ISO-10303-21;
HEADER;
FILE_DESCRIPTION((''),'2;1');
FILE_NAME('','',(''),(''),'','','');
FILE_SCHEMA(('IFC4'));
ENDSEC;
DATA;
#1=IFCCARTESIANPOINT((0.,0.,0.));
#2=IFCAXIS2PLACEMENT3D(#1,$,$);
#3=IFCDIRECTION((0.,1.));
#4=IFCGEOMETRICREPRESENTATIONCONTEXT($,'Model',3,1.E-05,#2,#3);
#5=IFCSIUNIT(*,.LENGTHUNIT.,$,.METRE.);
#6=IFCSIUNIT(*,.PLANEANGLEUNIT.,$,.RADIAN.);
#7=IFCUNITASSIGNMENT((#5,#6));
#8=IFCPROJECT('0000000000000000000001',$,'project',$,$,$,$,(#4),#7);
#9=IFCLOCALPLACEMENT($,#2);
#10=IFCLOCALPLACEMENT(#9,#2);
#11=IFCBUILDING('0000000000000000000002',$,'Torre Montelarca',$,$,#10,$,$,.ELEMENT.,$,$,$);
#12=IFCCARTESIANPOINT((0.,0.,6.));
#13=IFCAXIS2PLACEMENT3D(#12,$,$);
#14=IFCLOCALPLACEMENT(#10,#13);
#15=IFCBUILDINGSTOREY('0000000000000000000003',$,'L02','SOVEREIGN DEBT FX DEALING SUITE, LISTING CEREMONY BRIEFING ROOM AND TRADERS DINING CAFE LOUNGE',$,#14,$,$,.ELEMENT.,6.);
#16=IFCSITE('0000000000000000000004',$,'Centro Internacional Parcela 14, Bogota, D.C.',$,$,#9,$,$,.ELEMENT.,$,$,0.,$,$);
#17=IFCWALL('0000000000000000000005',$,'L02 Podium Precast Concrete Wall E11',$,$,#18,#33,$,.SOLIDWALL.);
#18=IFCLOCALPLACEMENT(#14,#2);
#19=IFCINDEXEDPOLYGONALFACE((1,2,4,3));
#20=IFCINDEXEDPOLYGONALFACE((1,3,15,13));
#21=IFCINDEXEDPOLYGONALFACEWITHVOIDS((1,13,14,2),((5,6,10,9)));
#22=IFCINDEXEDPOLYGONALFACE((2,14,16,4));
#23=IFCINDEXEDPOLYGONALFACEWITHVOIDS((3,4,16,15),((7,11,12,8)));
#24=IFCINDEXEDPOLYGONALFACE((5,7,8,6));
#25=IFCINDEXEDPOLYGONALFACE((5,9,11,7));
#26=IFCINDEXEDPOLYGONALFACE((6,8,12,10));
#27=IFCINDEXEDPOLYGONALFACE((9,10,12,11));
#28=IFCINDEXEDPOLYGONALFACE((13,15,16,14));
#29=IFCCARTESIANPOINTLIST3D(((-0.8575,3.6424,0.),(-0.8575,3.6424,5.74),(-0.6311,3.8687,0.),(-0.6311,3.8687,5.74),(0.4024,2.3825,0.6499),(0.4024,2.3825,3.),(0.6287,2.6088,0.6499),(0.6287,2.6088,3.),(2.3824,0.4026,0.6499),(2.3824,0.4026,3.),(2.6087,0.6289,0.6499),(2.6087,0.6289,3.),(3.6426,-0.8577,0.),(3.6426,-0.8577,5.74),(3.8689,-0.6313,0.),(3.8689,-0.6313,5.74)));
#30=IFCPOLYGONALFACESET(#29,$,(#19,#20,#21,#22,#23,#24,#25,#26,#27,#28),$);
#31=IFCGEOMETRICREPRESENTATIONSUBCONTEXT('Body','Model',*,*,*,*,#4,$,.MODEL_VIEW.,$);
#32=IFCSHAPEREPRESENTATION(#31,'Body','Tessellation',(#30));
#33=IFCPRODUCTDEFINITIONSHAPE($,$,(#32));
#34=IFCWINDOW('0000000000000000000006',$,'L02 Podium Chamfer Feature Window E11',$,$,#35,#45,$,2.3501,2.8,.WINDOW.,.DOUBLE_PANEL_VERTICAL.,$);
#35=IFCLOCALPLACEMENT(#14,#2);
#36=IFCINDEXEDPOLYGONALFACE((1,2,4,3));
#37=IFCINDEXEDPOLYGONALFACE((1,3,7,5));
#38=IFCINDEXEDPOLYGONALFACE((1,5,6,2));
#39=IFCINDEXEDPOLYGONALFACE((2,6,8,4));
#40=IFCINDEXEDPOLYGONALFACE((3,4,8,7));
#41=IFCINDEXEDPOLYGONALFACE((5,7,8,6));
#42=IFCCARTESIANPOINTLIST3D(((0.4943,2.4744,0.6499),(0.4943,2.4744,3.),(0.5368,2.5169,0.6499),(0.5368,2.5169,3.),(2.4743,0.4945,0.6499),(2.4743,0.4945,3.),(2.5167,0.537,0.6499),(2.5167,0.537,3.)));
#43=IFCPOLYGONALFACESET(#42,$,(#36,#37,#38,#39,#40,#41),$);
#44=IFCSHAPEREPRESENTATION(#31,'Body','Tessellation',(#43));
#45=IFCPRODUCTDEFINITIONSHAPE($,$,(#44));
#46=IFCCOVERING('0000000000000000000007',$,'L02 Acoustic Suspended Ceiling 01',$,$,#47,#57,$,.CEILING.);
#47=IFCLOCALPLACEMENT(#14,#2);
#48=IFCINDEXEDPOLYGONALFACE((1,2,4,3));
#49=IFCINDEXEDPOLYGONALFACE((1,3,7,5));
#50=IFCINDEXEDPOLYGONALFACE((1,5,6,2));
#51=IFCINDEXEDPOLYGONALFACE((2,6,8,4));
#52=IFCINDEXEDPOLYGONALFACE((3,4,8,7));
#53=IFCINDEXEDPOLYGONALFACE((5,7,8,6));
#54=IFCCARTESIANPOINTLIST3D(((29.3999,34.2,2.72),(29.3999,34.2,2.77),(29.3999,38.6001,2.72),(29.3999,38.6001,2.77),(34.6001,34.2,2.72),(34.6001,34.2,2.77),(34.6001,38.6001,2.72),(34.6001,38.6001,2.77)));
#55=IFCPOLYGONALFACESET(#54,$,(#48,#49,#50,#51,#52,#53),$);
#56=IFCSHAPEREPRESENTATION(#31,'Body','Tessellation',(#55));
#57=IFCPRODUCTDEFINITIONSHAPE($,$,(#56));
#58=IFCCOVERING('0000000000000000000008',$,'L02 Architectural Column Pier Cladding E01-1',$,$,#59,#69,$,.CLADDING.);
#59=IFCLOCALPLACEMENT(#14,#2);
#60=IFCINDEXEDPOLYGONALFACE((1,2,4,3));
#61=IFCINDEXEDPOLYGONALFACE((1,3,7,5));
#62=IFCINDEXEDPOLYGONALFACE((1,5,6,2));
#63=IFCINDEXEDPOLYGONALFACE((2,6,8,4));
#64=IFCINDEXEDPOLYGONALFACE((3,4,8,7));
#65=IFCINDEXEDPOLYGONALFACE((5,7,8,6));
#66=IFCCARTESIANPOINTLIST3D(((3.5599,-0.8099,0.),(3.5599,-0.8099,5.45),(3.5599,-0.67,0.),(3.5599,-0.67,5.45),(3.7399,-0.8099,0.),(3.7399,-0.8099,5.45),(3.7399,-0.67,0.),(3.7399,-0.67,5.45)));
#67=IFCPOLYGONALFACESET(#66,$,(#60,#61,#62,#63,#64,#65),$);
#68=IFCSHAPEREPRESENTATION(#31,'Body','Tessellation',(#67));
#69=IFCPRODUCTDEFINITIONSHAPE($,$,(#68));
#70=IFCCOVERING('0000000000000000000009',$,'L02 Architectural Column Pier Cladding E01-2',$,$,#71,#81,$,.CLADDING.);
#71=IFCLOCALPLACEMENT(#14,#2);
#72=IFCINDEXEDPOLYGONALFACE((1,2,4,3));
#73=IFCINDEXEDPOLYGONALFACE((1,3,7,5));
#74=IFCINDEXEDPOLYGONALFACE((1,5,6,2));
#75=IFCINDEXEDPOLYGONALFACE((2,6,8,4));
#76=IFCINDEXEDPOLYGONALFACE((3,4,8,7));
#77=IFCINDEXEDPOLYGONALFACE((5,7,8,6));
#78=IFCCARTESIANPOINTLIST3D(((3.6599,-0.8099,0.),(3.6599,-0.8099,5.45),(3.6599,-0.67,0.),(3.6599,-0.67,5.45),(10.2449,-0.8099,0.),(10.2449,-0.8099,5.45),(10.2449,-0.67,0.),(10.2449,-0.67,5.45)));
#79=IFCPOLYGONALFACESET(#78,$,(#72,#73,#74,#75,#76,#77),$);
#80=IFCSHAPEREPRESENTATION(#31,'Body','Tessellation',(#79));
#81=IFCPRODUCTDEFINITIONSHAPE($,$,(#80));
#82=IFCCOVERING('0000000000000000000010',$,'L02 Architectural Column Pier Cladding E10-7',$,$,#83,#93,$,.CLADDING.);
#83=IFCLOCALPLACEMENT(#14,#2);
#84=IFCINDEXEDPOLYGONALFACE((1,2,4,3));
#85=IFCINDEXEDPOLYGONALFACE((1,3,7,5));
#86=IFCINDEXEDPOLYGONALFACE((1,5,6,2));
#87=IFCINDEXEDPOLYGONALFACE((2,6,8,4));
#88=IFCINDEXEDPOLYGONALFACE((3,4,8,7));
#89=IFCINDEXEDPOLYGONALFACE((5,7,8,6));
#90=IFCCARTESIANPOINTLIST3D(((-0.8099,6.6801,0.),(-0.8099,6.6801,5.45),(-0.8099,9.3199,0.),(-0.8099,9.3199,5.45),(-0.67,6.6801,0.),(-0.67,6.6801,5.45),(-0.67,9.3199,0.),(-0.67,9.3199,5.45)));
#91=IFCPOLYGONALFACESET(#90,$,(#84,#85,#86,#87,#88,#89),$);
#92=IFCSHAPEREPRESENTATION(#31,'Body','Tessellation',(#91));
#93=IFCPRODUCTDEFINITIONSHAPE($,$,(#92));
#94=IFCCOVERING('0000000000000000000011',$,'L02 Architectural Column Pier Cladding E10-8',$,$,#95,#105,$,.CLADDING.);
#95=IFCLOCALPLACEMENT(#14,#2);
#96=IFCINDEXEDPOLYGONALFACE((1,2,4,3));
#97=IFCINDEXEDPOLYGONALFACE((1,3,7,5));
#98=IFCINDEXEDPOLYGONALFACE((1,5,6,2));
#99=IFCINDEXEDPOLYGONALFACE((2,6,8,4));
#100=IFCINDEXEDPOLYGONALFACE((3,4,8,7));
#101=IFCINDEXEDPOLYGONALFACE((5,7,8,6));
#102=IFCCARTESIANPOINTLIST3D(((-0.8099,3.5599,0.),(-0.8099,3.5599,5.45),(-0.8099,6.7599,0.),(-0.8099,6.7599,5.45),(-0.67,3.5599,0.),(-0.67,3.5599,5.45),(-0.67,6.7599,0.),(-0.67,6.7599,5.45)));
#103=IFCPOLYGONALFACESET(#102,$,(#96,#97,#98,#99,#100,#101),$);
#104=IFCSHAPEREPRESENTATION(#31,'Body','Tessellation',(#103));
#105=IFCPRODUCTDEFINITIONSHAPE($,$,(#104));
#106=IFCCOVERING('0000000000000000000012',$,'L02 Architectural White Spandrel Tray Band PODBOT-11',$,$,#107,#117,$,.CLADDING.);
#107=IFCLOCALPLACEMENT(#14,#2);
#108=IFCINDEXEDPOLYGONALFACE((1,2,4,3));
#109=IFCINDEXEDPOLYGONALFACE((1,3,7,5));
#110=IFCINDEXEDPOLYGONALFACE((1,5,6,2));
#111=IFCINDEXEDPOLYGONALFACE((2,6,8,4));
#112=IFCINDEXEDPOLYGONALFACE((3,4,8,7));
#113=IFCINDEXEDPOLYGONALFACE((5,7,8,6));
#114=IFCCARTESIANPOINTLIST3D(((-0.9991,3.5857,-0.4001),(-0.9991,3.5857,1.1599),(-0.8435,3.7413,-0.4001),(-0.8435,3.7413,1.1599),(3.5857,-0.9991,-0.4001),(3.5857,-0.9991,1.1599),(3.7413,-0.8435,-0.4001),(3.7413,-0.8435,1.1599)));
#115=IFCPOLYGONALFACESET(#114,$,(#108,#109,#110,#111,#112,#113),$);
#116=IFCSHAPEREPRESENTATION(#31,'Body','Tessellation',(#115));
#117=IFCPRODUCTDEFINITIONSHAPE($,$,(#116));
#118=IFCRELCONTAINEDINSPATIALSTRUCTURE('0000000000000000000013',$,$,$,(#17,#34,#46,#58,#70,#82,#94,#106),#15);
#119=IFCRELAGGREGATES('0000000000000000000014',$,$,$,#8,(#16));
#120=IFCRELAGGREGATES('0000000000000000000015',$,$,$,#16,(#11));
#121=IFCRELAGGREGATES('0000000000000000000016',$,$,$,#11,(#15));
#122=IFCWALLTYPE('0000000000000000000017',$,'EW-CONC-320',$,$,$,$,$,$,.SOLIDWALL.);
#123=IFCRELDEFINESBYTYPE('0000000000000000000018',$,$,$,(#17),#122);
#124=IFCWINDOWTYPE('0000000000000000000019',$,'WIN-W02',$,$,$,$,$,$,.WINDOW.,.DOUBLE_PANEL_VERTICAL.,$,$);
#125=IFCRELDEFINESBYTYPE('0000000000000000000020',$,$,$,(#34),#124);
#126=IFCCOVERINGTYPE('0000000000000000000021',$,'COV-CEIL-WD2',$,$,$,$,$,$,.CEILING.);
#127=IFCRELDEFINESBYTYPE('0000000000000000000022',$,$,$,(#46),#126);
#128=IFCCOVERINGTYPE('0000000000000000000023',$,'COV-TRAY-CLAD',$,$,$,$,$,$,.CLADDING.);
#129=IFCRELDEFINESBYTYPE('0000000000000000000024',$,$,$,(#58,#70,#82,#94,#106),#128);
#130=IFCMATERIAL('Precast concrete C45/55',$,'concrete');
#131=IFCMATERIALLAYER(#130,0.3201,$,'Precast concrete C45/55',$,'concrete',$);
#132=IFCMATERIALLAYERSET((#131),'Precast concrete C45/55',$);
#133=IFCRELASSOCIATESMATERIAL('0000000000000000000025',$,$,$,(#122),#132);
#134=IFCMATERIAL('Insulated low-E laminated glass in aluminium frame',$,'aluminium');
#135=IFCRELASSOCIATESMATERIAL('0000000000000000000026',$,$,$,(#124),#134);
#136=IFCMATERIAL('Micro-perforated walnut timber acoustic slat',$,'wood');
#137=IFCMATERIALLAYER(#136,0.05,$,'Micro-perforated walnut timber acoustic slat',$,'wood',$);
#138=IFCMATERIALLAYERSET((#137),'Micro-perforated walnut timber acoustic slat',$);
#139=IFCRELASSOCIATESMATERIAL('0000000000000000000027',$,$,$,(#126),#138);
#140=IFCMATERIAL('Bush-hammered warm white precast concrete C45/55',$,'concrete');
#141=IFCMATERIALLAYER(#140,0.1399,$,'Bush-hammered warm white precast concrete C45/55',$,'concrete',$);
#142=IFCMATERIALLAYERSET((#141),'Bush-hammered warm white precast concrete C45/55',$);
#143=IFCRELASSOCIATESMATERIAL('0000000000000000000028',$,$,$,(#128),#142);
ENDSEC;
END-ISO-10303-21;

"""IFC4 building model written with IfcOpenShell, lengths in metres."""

from ifc_helpers import new_model, si_unit, direction, frame, frame_2d, origin, origin_2d, place, context, subcontext, project, spatial, polyline, rectangle, outline, extrude, source, transform, mapped, material, layer, layer_set, type_object, element, fill, save


model = new_model("IFC4")

# Units and contexts
model_context = context("Model", 3, precision=1e-05, world=origin(), true_north=direction((0.0, 1.0)))
body_context = subcontext(model_context, "Body", "Model", "MODEL_VIEW")
ifc_project = project(units=[si_unit("LENGTHUNIT", "METRE"), si_unit("PLANEANGLEUNIT", "RADIAN")], contexts=[model_context])

# Site, building, storey
site_placement = place(None, origin())
site = spatial("IfcSite", under=ifc_project, at=site_placement, Name="Centro Internacional Parcela 14, Bogota, D.C.", CompositionType="ELEMENT", RefElevation=0.0)
building_placement = place(site_placement, origin())
building = spatial("IfcBuilding", under=site, at=building_placement, Name="Torre Montelarca", CompositionType="ELEMENT")
storey_placement = place(building_placement, frame((0.0, 0.0, 6.0)))
storey = spatial("IfcBuildingStorey", under=building, at=storey_placement, Name="L02", Description="SOVEREIGN DEBT FX DEALING SUITE, LISTING CEREMONY BRIEFING ROOM AND TRADERS DINING CAFE LOUNGE", CompositionType="ELEMENT", Elevation=6.0)

# Wall, opening, window
ifc_material_1 = material(Name="Precast concrete C45/55", Category="concrete")
ifc_layer_1 = layer(ifc_material_1, 0.3201, Name="Precast concrete C45/55", Category="concrete")
ifc_layer_set_1 = layer_set([ifc_layer_1], Name="Precast concrete C45/55")
wall_type = type_object("IfcWallType", Name="EW-CONC-320", PredefinedType="SOLIDWALL", material=ifc_layer_set_1)
wall_placement = place(storey_placement, frame((-0.7444, 3.7556, 0.0), z_axis=(0.0, 0.0, 1.0), x_axis=(0.707107, -0.707107, 0.0)))
wall = element("IfcWall", 1, at=wall_placement, inside=storey, type_object=wall_type, Name="L02 Podium Precast Concrete Wall E11", PredefinedType="SOLIDWALL", context=body_context, shape_type="SweptSolid", body=[
    extrude(rectangle(XDim=6.364, YDim=0.3201, at=frame_2d((3.1821, 0.0))), origin(), (0.0, 0.0, 1.0), 5.74),
])
opening_placement = place(wall_placement, frame((1.782, 0.0, 0.6499)))
opening = element("IfcOpeningElement", 2, at=opening_placement, cuts=wall, PredefinedType="OPENING", context=body_context, shape_type="SweptSolid", body=[
    extrude(rectangle(XDim=2.8, YDim=2.3501, at=frame_2d((1.3999, 1.175))), frame((0.0, 0.1699, 0.0), z_axis=(0.0, -1.0, 0.0), x_axis=(1.0, 0.0, 0.0)), (0.0, 0.0, 1.0), 0.3401),
])
ifc_material_2 = material(Name="Insulated low-E laminated glass in aluminium frame", Category="aluminium")
window_type = type_object("IfcWindowType", Name="WIN-W02", PartitioningType="DOUBLE_PANEL_VERTICAL", PredefinedType="WINDOW", material=ifc_material_2)
shared_shape_1 = source(origin(), body_context, "Body", "SweptSolid", [
    extrude(rectangle(XDim=2.8, YDim=2.3501, at=frame_2d((1.3999, 1.175))), frame((0.0, 0.03, 0.0), z_axis=(0.0, -1.0, 0.0), x_axis=(1.0, 0.0, 0.0)), (0.0, 0.0, 1.0), 0.0601),
])
window_placement = place(opening_placement, origin())
window = element("IfcWindow", 3, at=window_placement, inside=storey, type_object=window_type, Name="L02 Podium Chamfer Feature Window E11", OverallHeight=2.3501, OverallWidth=2.8, PartitioningType="DOUBLE_PANEL_VERTICAL", PredefinedType="WINDOW", context=body_context, shape_type="MappedRepresentation", body=[
    mapped(shared_shape_1, transform((0.0, 0.0, 0.0), scale=1.0)),
])
fill(opening, window)

# Coverings
ifc_material_3 = material(Name="Micro-perforated walnut timber acoustic slat", Category="wood")
ifc_layer_2 = layer(ifc_material_3, 0.05, Name="Micro-perforated walnut timber acoustic slat", Category="wood")
ifc_layer_set_2 = layer_set([ifc_layer_2], Name="Micro-perforated walnut timber acoustic slat")
covering_type_1 = type_object("IfcCoveringType", Name="COV-CEIL-WD2", PredefinedType="CEILING", material=ifc_layer_set_2)
covering_1_placement = place(storey_placement, frame((0.0, 0.0, 2.72)))
element("IfcCovering", 4, at=covering_1_placement, inside=storey, type_object=covering_type_1, Name="L02 Acoustic Suspended Ceiling 01", PredefinedType="CEILING", context=body_context, shape_type="SweptSolid", body=[
    extrude(outline(polyline([(29.3999, 34.2), (34.6001, 34.2), (34.6001, 38.6001), (29.3999, 38.6001), (29.3999, 34.2)])), origin(), (0.0, 0.0, 1.0), 0.05),
])
ifc_material_4 = material(Name="Bush-hammered warm white precast concrete C45/55", Category="concrete")
ifc_layer_3 = layer(ifc_material_4, 0.1399, Name="Bush-hammered warm white precast concrete C45/55", Category="concrete")
ifc_layer_set_3 = layer_set([ifc_layer_3], Name="Bush-hammered warm white precast concrete C45/55")
covering_type_2 = type_object("IfcCoveringType", Name="COV-TRAY-CLAD", PredefinedType="CLADDING", material=ifc_layer_set_3)
shared_shape_2 = source(origin(), body_context, "Body", "SweptSolid", [
    extrude(rectangle(XDim=0.1799, YDim=0.1399, at=origin_2d()), origin(), (0.0, 0.0, 1.0), 5.45),
])
covering_2_placement = place(storey_placement, frame((3.6499, -0.74, 0.0), z_axis=(0.0, 0.0, 1.0), x_axis=(1.0, 0.0, 0.0)))
element("IfcCovering", 5, at=covering_2_placement, inside=storey, type_object=covering_type_2, Name="L02 Architectural Column Pier Cladding E01-1", PredefinedType="CLADDING", context=body_context, shape_type="MappedRepresentation", body=[
    mapped(shared_shape_2, transform((0.0, 0.0, 0.0), scale=1.0)),
])
shared_shape_3 = source(origin(), body_context, "Body", "SweptSolid", [
    extrude(rectangle(XDim=6.585, YDim=0.1399, at=origin_2d()), origin(), (0.0, 0.0, 1.0), 5.45),
])
covering_3_placement = place(storey_placement, frame((6.9524, -0.74, 0.0), z_axis=(0.0, 0.0, 1.0), x_axis=(1.0, 0.0, 0.0)))
element("IfcCovering", 6, at=covering_3_placement, inside=storey, type_object=covering_type_2, Name="L02 Architectural Column Pier Cladding E01-2", PredefinedType="CLADDING", context=body_context, shape_type="MappedRepresentation", body=[
    mapped(shared_shape_3, transform((0.0, 0.0, 0.0), scale=1.0)),
])
shared_shape_4 = source(origin(), body_context, "Body", "SweptSolid", [
    extrude(rectangle(XDim=2.6399, YDim=0.1399, at=origin_2d()), origin(), (0.0, 0.0, 1.0), 5.45),
])
covering_4_placement = place(storey_placement, frame((-0.74, 8.0, 0.0), z_axis=(0.0, 0.0, 1.0), x_axis=(0.0, -1.0, 0.0)))
element("IfcCovering", 7, at=covering_4_placement, inside=storey, type_object=covering_type_2, Name="L02 Architectural Column Pier Cladding E10-7", PredefinedType="CLADDING", context=body_context, shape_type="MappedRepresentation", body=[
    mapped(shared_shape_4, transform((0.0, 0.0, 0.0), scale=1.0)),
])
shared_shape_5 = source(origin(), body_context, "Body", "SweptSolid", [
    extrude(rectangle(XDim=3.2, YDim=0.1399, at=origin_2d()), origin(), (0.0, 0.0, 1.0), 5.45),
])
covering_5_placement = place(storey_placement, frame((-0.74, 5.1599, 0.0), z_axis=(0.0, 0.0, 1.0), x_axis=(0.0, -1.0, 0.0)))
element("IfcCovering", 8, at=covering_5_placement, inside=storey, type_object=covering_type_2, Name="L02 Architectural Column Pier Cladding E10-8", PredefinedType="CLADDING", context=body_context, shape_type="MappedRepresentation", body=[
    mapped(shared_shape_5, transform((0.0, 0.0, 0.0), scale=1.0)),
])
shared_shape_6 = source(origin(), body_context, "Body", "SweptSolid", [
    extrude(rectangle(XDim=6.4839, YDim=0.22, at=origin_2d()), origin(), (0.0, 0.0, 1.0), 1.5601),
])
covering_6_placement = place(storey_placement, frame((1.3711, 1.3711, -0.4001), z_axis=(0.0, 0.0, 1.0), x_axis=(0.707107, -0.707107, 0.0)))
element("IfcCovering", 9, at=covering_6_placement, inside=storey, type_object=covering_type_2, Name="L02 Architectural White Spandrel Tray Band PODBOT-11", PredefinedType="CLADDING", context=body_context, shape_type="MappedRepresentation", body=[
    mapped(shared_shape_6, transform((0.0, 0.0, 0.0), scale=1.0)),
])

save(model, "model.ifc")
